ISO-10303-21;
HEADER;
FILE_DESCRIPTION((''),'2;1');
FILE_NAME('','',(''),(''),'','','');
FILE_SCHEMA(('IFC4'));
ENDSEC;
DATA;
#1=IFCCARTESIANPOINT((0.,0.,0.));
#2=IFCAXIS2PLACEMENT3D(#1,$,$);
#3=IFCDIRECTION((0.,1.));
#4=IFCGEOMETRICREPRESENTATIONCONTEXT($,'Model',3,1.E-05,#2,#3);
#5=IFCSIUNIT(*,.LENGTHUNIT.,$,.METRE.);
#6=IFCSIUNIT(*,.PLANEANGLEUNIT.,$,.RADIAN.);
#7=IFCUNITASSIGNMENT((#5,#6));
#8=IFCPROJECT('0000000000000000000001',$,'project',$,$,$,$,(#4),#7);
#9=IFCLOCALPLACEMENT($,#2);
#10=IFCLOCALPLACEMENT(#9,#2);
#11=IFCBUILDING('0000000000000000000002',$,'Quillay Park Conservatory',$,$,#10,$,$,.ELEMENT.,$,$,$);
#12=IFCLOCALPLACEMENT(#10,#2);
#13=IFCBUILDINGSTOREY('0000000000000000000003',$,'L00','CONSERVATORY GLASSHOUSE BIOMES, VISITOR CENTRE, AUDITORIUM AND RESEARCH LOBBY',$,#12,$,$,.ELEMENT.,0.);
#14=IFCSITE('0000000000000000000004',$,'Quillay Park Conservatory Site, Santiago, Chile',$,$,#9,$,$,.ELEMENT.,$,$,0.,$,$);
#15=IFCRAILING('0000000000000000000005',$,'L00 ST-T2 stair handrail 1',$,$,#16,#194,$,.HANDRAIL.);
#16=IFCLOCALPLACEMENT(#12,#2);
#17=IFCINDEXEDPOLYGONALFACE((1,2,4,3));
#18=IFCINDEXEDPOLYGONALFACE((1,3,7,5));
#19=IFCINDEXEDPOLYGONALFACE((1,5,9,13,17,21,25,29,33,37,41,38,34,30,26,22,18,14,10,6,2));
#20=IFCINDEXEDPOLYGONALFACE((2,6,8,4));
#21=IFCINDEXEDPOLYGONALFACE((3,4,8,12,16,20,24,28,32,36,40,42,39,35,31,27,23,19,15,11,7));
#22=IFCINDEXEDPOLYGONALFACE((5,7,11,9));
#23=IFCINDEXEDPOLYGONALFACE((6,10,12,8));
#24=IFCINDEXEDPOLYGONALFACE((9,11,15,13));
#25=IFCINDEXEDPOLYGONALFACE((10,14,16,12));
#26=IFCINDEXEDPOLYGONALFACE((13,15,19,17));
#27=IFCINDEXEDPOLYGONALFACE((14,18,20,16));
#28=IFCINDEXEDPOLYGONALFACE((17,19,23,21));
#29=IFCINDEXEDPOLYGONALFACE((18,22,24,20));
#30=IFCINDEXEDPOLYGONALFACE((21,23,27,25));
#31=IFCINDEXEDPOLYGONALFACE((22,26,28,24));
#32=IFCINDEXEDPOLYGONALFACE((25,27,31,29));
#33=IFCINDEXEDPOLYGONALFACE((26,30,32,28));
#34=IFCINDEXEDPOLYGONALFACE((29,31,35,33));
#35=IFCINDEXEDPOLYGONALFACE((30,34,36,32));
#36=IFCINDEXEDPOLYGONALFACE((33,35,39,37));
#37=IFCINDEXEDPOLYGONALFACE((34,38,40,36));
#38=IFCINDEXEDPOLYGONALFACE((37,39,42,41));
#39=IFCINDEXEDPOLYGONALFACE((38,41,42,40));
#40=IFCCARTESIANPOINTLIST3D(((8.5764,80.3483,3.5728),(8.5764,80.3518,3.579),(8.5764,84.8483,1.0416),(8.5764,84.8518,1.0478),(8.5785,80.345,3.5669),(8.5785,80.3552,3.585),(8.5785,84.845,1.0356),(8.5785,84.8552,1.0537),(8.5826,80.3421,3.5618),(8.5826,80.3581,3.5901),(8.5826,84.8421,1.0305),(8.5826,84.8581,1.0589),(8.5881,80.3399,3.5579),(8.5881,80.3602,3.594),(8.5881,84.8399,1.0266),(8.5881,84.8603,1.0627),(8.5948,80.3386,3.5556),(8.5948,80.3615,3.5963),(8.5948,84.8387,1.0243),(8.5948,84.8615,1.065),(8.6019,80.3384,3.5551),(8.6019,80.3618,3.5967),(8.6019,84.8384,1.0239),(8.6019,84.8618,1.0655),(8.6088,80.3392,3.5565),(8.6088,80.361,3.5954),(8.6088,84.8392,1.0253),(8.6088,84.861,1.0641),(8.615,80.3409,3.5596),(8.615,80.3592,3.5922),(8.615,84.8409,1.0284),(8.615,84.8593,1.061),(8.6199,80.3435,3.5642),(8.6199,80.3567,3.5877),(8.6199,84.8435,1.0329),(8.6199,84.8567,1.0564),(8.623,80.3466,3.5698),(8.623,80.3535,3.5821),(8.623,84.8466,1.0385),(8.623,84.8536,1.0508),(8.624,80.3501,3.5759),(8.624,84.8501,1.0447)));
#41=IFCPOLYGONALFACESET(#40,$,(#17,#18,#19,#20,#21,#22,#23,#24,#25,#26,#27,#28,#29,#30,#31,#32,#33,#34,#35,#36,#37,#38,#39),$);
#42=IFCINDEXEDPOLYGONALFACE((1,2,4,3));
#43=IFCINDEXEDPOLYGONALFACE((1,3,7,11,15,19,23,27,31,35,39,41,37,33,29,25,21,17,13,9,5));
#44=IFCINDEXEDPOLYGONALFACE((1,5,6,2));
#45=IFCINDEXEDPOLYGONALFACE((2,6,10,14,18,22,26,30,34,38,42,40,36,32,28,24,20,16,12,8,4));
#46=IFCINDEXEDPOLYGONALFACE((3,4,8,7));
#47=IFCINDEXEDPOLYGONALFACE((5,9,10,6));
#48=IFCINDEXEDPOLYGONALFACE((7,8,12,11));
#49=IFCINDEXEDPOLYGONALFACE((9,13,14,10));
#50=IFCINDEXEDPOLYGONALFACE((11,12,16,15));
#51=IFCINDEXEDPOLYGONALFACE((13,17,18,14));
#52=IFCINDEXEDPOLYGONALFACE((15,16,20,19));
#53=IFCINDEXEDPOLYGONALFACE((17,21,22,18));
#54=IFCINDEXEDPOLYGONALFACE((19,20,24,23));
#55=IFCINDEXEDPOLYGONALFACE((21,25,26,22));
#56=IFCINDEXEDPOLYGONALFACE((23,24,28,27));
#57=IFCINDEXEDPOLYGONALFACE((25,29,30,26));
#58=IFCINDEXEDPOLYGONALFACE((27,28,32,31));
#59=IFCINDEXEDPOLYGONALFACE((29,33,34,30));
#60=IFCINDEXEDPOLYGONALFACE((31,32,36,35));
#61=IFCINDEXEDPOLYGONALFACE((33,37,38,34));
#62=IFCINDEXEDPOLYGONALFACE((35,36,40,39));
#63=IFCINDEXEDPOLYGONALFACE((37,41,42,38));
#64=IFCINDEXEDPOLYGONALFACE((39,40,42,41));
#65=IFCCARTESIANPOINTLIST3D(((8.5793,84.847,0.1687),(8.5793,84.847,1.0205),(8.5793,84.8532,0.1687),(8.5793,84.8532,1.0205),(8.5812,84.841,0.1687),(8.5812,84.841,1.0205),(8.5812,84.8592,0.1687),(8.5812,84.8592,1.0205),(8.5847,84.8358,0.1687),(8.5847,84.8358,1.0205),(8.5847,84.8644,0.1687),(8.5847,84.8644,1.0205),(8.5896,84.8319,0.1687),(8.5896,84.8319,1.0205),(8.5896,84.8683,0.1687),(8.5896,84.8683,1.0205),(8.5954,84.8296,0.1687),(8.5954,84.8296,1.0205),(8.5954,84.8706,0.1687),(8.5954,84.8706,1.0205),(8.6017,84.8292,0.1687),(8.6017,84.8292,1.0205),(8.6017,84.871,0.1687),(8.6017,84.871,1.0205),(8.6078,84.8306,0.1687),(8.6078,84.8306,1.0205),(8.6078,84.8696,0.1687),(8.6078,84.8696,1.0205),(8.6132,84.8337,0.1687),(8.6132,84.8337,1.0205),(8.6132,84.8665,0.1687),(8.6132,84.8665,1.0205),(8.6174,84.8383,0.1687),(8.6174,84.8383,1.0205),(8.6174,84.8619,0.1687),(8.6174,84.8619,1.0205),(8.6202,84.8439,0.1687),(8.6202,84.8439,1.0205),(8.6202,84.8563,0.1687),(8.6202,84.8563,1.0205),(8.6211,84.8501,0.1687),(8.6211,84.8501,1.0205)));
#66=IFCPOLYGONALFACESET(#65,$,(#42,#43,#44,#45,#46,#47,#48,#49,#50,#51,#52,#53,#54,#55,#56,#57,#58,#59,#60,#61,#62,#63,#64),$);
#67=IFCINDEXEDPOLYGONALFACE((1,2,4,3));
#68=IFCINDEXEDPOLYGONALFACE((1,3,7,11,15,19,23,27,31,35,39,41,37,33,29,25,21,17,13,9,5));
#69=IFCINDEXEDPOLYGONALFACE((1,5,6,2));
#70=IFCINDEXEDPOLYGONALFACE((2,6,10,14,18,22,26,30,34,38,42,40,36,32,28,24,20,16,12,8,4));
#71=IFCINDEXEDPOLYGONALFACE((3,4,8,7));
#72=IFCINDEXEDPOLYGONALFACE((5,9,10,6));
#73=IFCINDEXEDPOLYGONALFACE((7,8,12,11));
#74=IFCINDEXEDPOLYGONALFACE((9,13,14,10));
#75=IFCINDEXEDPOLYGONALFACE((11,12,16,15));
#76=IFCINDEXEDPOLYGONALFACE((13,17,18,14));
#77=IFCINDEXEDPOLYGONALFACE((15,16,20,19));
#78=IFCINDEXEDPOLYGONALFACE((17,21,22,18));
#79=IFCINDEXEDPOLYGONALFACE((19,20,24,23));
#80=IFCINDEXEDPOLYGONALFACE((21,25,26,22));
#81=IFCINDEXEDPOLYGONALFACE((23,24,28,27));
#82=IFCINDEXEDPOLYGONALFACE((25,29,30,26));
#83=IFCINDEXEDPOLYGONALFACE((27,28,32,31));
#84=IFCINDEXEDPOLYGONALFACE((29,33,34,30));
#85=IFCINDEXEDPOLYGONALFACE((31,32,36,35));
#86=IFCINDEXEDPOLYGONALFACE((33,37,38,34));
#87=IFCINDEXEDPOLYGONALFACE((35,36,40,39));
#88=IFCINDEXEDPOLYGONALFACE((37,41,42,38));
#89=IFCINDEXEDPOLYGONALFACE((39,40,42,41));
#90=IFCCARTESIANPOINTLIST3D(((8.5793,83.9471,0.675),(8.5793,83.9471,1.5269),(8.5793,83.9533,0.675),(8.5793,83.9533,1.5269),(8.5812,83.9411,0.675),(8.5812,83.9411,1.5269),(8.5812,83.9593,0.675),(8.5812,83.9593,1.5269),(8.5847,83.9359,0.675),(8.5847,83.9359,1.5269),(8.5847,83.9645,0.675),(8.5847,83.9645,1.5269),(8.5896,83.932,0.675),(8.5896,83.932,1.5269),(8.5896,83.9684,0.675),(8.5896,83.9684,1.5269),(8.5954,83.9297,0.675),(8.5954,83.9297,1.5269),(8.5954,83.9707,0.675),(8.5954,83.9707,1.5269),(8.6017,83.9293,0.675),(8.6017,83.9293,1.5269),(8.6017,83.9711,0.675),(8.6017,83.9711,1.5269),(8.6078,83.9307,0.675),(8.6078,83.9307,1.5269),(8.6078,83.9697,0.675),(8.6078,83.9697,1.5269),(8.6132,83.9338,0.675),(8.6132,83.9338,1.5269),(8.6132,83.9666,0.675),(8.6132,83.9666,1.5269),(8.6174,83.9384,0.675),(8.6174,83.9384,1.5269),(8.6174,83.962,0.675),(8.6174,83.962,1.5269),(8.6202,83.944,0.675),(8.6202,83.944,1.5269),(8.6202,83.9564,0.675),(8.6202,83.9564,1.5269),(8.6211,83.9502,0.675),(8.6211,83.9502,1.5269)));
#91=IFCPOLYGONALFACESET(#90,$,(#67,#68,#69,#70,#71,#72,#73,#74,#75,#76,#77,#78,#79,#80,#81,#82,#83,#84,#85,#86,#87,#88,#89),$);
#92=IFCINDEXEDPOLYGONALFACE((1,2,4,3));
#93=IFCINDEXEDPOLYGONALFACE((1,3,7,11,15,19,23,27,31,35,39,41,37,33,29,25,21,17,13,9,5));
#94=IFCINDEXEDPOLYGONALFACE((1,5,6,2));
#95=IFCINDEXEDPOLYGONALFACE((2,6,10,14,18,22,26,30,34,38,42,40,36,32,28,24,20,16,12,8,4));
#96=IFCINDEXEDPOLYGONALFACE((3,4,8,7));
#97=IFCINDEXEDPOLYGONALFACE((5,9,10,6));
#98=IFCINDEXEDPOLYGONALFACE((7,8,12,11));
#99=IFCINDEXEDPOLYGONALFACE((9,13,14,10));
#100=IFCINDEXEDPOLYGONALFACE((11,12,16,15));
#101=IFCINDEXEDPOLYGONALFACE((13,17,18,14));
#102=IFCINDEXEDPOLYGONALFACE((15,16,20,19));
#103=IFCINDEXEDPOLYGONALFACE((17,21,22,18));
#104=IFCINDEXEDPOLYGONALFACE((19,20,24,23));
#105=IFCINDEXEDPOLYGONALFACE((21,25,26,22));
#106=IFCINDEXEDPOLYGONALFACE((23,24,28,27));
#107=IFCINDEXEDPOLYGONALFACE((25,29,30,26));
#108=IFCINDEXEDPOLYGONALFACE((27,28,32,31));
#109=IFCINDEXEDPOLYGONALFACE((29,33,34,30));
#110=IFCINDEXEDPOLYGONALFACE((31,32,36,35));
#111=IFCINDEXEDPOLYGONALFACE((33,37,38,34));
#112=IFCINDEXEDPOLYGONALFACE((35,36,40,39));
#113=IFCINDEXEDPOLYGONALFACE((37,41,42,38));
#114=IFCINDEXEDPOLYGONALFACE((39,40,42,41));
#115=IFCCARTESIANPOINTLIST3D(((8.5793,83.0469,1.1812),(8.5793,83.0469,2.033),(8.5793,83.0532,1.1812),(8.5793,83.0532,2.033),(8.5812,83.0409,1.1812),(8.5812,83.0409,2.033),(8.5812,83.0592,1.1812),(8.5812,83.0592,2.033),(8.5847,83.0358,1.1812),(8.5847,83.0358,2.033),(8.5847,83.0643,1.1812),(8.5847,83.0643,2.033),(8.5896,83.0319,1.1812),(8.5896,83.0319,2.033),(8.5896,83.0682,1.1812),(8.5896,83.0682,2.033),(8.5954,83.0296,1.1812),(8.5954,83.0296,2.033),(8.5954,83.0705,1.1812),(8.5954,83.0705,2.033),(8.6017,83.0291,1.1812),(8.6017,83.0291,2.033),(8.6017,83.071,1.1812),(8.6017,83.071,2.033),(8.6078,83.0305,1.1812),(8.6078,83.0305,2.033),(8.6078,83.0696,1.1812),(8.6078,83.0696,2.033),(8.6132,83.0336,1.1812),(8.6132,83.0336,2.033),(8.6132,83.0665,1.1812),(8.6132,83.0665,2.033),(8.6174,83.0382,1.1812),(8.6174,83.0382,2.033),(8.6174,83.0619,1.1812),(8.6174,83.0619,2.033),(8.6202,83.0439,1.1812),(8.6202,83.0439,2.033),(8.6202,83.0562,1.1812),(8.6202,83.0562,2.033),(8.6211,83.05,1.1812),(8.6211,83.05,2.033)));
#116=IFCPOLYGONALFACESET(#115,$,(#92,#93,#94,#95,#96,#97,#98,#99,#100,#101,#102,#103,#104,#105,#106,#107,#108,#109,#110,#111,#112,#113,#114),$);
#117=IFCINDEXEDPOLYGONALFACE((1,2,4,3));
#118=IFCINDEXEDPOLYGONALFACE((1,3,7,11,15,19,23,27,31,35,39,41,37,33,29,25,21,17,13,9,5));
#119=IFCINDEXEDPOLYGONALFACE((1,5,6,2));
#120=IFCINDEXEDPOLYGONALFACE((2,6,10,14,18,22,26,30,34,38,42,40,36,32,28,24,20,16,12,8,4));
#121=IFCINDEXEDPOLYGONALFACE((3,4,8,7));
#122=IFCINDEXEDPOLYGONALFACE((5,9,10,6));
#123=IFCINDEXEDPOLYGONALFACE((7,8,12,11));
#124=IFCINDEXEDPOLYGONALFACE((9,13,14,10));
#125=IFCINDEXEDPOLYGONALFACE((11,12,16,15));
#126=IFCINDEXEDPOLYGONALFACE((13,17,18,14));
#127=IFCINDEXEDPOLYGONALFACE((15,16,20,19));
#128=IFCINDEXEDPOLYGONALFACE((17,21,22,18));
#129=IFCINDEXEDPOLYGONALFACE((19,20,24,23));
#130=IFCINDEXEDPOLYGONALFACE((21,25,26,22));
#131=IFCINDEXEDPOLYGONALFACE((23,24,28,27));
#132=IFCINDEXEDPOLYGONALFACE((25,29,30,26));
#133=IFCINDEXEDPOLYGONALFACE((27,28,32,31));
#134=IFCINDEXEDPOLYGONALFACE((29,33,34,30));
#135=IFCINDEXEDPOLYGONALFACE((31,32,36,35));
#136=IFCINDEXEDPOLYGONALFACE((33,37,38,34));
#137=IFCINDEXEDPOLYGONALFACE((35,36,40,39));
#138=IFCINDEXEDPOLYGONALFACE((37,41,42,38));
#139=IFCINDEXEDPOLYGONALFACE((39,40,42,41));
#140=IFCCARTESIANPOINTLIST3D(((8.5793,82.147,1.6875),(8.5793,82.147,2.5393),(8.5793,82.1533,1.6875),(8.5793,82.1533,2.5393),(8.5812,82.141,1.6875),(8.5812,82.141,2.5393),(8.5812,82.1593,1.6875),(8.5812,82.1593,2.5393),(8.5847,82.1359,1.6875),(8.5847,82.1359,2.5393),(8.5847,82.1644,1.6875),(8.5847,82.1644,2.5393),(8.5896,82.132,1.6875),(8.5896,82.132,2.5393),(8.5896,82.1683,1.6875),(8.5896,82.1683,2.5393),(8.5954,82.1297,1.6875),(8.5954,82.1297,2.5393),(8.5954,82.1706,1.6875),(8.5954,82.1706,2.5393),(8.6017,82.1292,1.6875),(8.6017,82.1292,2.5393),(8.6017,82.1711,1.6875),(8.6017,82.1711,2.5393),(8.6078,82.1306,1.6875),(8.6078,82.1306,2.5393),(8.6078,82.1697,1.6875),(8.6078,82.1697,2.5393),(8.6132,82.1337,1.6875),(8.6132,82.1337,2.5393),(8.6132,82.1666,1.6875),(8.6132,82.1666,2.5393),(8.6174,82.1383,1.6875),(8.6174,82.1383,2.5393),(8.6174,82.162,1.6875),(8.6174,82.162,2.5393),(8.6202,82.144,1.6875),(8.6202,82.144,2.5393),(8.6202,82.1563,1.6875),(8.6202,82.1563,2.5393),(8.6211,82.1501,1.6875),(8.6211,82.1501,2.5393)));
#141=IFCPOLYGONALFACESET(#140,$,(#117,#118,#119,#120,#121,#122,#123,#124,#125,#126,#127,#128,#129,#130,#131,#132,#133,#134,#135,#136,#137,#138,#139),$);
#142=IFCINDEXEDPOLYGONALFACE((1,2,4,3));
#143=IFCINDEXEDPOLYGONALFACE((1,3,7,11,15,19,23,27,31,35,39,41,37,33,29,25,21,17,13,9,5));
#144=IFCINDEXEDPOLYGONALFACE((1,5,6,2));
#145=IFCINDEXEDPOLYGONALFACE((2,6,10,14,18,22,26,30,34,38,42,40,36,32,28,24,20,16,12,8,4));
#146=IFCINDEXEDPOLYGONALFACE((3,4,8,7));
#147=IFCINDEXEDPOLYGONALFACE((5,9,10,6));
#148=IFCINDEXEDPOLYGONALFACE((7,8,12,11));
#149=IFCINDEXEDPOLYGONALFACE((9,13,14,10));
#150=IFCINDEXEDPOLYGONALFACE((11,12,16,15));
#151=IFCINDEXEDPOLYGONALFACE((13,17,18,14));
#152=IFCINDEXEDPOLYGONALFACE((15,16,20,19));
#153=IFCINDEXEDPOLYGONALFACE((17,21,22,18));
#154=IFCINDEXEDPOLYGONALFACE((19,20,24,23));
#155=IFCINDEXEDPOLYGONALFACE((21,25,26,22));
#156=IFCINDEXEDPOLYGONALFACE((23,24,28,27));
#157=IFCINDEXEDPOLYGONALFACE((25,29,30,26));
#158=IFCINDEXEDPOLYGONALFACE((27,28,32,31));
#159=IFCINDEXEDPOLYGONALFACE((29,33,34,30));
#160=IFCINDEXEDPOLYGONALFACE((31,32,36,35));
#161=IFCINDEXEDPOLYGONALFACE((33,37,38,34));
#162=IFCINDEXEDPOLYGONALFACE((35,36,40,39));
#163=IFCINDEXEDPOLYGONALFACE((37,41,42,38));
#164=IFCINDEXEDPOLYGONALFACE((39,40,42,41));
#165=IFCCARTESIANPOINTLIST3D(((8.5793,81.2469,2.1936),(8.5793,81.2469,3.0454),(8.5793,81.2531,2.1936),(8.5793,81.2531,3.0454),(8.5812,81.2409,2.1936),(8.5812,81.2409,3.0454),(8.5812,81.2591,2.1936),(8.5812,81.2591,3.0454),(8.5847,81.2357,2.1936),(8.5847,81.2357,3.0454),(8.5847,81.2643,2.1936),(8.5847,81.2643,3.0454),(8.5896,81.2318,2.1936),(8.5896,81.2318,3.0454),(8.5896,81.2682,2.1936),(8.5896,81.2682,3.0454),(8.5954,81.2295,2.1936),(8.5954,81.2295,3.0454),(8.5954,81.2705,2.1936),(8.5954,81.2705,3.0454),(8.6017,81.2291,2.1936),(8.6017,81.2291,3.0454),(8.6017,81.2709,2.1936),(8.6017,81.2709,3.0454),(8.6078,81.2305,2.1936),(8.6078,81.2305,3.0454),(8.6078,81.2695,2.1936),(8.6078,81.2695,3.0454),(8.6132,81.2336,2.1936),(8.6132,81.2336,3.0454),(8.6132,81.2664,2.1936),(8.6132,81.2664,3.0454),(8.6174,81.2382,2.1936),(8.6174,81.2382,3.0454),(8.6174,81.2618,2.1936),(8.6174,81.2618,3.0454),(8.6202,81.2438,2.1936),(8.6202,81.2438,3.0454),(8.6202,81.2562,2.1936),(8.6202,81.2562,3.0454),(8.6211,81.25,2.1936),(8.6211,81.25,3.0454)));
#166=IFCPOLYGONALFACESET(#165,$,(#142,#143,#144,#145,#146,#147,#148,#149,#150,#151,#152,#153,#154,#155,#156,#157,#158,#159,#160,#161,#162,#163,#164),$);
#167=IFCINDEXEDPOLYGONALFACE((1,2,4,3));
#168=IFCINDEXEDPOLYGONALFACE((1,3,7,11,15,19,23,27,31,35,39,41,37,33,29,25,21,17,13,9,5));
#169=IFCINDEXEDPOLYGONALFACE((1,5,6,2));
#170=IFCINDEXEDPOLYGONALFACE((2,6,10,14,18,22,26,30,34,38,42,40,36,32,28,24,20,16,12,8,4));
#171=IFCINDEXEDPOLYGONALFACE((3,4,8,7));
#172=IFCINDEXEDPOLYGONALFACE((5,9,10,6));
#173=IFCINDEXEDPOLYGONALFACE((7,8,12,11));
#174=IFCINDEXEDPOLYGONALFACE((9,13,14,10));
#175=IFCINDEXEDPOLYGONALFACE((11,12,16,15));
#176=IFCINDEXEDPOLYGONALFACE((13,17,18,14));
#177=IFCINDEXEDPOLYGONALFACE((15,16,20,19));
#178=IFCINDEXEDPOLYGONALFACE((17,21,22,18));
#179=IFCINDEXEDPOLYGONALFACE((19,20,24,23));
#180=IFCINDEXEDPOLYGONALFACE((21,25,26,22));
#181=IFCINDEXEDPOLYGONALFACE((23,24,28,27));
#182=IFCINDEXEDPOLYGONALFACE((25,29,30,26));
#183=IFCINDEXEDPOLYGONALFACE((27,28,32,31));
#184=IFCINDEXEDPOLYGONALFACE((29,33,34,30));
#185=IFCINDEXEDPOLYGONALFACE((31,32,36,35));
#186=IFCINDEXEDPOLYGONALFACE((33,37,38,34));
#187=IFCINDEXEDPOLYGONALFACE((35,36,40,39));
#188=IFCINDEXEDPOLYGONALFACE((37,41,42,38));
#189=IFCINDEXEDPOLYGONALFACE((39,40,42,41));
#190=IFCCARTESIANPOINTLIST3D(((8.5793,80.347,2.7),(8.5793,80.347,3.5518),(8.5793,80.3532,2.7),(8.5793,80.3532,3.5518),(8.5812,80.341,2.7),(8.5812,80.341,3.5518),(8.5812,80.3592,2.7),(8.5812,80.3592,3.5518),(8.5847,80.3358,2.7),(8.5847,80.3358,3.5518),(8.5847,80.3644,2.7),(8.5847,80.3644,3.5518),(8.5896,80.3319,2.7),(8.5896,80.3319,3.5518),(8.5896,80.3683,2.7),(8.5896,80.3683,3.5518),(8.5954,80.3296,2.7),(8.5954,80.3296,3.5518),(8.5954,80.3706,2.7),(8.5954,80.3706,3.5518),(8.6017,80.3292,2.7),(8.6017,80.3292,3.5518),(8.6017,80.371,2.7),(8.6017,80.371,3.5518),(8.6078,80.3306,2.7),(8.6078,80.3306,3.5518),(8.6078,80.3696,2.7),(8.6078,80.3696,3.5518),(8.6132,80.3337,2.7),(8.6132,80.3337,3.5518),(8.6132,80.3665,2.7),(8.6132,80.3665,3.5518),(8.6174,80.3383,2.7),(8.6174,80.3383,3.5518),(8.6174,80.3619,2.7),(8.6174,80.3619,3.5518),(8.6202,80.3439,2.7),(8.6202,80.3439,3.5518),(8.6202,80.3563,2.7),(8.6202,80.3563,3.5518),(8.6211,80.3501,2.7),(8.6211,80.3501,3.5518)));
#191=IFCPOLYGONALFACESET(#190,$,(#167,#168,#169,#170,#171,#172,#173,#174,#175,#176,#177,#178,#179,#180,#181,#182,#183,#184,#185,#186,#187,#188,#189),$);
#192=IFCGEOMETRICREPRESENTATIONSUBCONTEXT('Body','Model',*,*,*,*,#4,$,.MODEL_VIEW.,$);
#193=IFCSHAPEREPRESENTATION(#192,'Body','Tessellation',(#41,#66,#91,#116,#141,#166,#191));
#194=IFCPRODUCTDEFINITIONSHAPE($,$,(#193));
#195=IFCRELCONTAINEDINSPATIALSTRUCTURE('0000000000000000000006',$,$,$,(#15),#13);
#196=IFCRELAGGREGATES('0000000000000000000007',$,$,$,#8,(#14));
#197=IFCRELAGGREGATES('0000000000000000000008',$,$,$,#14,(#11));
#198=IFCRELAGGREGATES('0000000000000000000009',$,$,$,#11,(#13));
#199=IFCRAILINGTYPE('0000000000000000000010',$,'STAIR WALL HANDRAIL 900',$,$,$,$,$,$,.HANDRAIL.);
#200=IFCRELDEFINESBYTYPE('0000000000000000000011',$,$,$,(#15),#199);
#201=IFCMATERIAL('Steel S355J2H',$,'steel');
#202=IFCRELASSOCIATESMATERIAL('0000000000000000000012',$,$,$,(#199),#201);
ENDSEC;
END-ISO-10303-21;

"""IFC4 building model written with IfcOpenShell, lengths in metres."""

from ifc_helpers import new_model, si_unit, direction, frame, origin, origin_2d, place, context, subcontext, project, spatial, circle, extrude, material, type_object, element, save


model = new_model("IFC4")

# Units and contexts
model_context = context("Model", 3, precision=1e-05, world=origin(), true_north=direction((0.0, 1.0)))
body_context = subcontext(model_context, "Body", "Model", "MODEL_VIEW")
ifc_project = project(units=[si_unit("LENGTHUNIT", "METRE"), si_unit("PLANEANGLEUNIT", "RADIAN")], contexts=[model_context])

# Site, building, storey
site_placement = place(None, origin())
site = spatial("IfcSite", under=ifc_project, at=site_placement, Name="Quillay Park Conservatory Site, Santiago, Chile", CompositionType="ELEMENT", RefElevation=0.0)
building_placement = place(site_placement, origin())
building = spatial("IfcBuilding", under=site, at=building_placement, Name="Quillay Park Conservatory", CompositionType="ELEMENT")
storey_placement = place(building_placement, origin())
storey = spatial("IfcBuildingStorey", under=building, at=storey_placement, Name="L00", Description="CONSERVATORY GLASSHOUSE BIOMES, VISITOR CENTRE, AUDITORIUM AND RESEARCH LOBBY", CompositionType="ELEMENT", Elevation=0.0)

# Railing
ifc_material_1 = material(Name="Steel S355J2H", Category="steel")
railing_type_1 = type_object("IfcRailingType", Name="STAIR WALL HANDRAIL 900", PredefinedType="HANDRAIL", material=ifc_material_1)
railing_1_placement = place(storey_placement, frame((8.6001, 84.8501, 0.1687)))
element("IfcRailing", 1, at=railing_1_placement, inside=storey, type_object=railing_type_1, Name="L00 ST-T2 stair handrail 1", PredefinedType="HANDRAIL", context=body_context, shape_type="SweptSolid", body=[
    extrude(circle(Radius=0.0239, at=origin_2d()), frame((0.0, 0.0, 0.876), z_axis=(0.0, -0.871576, 0.490261), x_axis=(1.0, 0.0, 0.0)), (0.0, 0.0, 1.0), 5.1631),
    extrude(circle(Radius=0.021, at=origin_2d()), origin(), (0.0, 0.0, 1.0), 0.8518),
    extrude(circle(Radius=0.021, at=origin_2d()), frame((0.0, -0.8999, 0.5063)), (0.0, 0.0, 1.0), 0.8518),
    extrude(circle(Radius=0.021, at=origin_2d()), frame((0.0, -1.8, 1.0125)), (0.0, 0.0, 1.0), 0.8518),
    extrude(circle(Radius=0.021, at=origin_2d()), frame((0.0, -2.7, 1.5188)), (0.0, 0.0, 1.0), 0.8518),
    extrude(circle(Radius=0.021, at=origin_2d()), frame((0.0, -3.6001, 2.0249)), (0.0, 0.0, 1.0), 0.8518),
    extrude(circle(Radius=0.021, at=origin_2d()), frame((0.0, -4.5, 2.5312)), (0.0, 0.0, 1.0), 0.8518),
])

save(model, "model.ifc")
